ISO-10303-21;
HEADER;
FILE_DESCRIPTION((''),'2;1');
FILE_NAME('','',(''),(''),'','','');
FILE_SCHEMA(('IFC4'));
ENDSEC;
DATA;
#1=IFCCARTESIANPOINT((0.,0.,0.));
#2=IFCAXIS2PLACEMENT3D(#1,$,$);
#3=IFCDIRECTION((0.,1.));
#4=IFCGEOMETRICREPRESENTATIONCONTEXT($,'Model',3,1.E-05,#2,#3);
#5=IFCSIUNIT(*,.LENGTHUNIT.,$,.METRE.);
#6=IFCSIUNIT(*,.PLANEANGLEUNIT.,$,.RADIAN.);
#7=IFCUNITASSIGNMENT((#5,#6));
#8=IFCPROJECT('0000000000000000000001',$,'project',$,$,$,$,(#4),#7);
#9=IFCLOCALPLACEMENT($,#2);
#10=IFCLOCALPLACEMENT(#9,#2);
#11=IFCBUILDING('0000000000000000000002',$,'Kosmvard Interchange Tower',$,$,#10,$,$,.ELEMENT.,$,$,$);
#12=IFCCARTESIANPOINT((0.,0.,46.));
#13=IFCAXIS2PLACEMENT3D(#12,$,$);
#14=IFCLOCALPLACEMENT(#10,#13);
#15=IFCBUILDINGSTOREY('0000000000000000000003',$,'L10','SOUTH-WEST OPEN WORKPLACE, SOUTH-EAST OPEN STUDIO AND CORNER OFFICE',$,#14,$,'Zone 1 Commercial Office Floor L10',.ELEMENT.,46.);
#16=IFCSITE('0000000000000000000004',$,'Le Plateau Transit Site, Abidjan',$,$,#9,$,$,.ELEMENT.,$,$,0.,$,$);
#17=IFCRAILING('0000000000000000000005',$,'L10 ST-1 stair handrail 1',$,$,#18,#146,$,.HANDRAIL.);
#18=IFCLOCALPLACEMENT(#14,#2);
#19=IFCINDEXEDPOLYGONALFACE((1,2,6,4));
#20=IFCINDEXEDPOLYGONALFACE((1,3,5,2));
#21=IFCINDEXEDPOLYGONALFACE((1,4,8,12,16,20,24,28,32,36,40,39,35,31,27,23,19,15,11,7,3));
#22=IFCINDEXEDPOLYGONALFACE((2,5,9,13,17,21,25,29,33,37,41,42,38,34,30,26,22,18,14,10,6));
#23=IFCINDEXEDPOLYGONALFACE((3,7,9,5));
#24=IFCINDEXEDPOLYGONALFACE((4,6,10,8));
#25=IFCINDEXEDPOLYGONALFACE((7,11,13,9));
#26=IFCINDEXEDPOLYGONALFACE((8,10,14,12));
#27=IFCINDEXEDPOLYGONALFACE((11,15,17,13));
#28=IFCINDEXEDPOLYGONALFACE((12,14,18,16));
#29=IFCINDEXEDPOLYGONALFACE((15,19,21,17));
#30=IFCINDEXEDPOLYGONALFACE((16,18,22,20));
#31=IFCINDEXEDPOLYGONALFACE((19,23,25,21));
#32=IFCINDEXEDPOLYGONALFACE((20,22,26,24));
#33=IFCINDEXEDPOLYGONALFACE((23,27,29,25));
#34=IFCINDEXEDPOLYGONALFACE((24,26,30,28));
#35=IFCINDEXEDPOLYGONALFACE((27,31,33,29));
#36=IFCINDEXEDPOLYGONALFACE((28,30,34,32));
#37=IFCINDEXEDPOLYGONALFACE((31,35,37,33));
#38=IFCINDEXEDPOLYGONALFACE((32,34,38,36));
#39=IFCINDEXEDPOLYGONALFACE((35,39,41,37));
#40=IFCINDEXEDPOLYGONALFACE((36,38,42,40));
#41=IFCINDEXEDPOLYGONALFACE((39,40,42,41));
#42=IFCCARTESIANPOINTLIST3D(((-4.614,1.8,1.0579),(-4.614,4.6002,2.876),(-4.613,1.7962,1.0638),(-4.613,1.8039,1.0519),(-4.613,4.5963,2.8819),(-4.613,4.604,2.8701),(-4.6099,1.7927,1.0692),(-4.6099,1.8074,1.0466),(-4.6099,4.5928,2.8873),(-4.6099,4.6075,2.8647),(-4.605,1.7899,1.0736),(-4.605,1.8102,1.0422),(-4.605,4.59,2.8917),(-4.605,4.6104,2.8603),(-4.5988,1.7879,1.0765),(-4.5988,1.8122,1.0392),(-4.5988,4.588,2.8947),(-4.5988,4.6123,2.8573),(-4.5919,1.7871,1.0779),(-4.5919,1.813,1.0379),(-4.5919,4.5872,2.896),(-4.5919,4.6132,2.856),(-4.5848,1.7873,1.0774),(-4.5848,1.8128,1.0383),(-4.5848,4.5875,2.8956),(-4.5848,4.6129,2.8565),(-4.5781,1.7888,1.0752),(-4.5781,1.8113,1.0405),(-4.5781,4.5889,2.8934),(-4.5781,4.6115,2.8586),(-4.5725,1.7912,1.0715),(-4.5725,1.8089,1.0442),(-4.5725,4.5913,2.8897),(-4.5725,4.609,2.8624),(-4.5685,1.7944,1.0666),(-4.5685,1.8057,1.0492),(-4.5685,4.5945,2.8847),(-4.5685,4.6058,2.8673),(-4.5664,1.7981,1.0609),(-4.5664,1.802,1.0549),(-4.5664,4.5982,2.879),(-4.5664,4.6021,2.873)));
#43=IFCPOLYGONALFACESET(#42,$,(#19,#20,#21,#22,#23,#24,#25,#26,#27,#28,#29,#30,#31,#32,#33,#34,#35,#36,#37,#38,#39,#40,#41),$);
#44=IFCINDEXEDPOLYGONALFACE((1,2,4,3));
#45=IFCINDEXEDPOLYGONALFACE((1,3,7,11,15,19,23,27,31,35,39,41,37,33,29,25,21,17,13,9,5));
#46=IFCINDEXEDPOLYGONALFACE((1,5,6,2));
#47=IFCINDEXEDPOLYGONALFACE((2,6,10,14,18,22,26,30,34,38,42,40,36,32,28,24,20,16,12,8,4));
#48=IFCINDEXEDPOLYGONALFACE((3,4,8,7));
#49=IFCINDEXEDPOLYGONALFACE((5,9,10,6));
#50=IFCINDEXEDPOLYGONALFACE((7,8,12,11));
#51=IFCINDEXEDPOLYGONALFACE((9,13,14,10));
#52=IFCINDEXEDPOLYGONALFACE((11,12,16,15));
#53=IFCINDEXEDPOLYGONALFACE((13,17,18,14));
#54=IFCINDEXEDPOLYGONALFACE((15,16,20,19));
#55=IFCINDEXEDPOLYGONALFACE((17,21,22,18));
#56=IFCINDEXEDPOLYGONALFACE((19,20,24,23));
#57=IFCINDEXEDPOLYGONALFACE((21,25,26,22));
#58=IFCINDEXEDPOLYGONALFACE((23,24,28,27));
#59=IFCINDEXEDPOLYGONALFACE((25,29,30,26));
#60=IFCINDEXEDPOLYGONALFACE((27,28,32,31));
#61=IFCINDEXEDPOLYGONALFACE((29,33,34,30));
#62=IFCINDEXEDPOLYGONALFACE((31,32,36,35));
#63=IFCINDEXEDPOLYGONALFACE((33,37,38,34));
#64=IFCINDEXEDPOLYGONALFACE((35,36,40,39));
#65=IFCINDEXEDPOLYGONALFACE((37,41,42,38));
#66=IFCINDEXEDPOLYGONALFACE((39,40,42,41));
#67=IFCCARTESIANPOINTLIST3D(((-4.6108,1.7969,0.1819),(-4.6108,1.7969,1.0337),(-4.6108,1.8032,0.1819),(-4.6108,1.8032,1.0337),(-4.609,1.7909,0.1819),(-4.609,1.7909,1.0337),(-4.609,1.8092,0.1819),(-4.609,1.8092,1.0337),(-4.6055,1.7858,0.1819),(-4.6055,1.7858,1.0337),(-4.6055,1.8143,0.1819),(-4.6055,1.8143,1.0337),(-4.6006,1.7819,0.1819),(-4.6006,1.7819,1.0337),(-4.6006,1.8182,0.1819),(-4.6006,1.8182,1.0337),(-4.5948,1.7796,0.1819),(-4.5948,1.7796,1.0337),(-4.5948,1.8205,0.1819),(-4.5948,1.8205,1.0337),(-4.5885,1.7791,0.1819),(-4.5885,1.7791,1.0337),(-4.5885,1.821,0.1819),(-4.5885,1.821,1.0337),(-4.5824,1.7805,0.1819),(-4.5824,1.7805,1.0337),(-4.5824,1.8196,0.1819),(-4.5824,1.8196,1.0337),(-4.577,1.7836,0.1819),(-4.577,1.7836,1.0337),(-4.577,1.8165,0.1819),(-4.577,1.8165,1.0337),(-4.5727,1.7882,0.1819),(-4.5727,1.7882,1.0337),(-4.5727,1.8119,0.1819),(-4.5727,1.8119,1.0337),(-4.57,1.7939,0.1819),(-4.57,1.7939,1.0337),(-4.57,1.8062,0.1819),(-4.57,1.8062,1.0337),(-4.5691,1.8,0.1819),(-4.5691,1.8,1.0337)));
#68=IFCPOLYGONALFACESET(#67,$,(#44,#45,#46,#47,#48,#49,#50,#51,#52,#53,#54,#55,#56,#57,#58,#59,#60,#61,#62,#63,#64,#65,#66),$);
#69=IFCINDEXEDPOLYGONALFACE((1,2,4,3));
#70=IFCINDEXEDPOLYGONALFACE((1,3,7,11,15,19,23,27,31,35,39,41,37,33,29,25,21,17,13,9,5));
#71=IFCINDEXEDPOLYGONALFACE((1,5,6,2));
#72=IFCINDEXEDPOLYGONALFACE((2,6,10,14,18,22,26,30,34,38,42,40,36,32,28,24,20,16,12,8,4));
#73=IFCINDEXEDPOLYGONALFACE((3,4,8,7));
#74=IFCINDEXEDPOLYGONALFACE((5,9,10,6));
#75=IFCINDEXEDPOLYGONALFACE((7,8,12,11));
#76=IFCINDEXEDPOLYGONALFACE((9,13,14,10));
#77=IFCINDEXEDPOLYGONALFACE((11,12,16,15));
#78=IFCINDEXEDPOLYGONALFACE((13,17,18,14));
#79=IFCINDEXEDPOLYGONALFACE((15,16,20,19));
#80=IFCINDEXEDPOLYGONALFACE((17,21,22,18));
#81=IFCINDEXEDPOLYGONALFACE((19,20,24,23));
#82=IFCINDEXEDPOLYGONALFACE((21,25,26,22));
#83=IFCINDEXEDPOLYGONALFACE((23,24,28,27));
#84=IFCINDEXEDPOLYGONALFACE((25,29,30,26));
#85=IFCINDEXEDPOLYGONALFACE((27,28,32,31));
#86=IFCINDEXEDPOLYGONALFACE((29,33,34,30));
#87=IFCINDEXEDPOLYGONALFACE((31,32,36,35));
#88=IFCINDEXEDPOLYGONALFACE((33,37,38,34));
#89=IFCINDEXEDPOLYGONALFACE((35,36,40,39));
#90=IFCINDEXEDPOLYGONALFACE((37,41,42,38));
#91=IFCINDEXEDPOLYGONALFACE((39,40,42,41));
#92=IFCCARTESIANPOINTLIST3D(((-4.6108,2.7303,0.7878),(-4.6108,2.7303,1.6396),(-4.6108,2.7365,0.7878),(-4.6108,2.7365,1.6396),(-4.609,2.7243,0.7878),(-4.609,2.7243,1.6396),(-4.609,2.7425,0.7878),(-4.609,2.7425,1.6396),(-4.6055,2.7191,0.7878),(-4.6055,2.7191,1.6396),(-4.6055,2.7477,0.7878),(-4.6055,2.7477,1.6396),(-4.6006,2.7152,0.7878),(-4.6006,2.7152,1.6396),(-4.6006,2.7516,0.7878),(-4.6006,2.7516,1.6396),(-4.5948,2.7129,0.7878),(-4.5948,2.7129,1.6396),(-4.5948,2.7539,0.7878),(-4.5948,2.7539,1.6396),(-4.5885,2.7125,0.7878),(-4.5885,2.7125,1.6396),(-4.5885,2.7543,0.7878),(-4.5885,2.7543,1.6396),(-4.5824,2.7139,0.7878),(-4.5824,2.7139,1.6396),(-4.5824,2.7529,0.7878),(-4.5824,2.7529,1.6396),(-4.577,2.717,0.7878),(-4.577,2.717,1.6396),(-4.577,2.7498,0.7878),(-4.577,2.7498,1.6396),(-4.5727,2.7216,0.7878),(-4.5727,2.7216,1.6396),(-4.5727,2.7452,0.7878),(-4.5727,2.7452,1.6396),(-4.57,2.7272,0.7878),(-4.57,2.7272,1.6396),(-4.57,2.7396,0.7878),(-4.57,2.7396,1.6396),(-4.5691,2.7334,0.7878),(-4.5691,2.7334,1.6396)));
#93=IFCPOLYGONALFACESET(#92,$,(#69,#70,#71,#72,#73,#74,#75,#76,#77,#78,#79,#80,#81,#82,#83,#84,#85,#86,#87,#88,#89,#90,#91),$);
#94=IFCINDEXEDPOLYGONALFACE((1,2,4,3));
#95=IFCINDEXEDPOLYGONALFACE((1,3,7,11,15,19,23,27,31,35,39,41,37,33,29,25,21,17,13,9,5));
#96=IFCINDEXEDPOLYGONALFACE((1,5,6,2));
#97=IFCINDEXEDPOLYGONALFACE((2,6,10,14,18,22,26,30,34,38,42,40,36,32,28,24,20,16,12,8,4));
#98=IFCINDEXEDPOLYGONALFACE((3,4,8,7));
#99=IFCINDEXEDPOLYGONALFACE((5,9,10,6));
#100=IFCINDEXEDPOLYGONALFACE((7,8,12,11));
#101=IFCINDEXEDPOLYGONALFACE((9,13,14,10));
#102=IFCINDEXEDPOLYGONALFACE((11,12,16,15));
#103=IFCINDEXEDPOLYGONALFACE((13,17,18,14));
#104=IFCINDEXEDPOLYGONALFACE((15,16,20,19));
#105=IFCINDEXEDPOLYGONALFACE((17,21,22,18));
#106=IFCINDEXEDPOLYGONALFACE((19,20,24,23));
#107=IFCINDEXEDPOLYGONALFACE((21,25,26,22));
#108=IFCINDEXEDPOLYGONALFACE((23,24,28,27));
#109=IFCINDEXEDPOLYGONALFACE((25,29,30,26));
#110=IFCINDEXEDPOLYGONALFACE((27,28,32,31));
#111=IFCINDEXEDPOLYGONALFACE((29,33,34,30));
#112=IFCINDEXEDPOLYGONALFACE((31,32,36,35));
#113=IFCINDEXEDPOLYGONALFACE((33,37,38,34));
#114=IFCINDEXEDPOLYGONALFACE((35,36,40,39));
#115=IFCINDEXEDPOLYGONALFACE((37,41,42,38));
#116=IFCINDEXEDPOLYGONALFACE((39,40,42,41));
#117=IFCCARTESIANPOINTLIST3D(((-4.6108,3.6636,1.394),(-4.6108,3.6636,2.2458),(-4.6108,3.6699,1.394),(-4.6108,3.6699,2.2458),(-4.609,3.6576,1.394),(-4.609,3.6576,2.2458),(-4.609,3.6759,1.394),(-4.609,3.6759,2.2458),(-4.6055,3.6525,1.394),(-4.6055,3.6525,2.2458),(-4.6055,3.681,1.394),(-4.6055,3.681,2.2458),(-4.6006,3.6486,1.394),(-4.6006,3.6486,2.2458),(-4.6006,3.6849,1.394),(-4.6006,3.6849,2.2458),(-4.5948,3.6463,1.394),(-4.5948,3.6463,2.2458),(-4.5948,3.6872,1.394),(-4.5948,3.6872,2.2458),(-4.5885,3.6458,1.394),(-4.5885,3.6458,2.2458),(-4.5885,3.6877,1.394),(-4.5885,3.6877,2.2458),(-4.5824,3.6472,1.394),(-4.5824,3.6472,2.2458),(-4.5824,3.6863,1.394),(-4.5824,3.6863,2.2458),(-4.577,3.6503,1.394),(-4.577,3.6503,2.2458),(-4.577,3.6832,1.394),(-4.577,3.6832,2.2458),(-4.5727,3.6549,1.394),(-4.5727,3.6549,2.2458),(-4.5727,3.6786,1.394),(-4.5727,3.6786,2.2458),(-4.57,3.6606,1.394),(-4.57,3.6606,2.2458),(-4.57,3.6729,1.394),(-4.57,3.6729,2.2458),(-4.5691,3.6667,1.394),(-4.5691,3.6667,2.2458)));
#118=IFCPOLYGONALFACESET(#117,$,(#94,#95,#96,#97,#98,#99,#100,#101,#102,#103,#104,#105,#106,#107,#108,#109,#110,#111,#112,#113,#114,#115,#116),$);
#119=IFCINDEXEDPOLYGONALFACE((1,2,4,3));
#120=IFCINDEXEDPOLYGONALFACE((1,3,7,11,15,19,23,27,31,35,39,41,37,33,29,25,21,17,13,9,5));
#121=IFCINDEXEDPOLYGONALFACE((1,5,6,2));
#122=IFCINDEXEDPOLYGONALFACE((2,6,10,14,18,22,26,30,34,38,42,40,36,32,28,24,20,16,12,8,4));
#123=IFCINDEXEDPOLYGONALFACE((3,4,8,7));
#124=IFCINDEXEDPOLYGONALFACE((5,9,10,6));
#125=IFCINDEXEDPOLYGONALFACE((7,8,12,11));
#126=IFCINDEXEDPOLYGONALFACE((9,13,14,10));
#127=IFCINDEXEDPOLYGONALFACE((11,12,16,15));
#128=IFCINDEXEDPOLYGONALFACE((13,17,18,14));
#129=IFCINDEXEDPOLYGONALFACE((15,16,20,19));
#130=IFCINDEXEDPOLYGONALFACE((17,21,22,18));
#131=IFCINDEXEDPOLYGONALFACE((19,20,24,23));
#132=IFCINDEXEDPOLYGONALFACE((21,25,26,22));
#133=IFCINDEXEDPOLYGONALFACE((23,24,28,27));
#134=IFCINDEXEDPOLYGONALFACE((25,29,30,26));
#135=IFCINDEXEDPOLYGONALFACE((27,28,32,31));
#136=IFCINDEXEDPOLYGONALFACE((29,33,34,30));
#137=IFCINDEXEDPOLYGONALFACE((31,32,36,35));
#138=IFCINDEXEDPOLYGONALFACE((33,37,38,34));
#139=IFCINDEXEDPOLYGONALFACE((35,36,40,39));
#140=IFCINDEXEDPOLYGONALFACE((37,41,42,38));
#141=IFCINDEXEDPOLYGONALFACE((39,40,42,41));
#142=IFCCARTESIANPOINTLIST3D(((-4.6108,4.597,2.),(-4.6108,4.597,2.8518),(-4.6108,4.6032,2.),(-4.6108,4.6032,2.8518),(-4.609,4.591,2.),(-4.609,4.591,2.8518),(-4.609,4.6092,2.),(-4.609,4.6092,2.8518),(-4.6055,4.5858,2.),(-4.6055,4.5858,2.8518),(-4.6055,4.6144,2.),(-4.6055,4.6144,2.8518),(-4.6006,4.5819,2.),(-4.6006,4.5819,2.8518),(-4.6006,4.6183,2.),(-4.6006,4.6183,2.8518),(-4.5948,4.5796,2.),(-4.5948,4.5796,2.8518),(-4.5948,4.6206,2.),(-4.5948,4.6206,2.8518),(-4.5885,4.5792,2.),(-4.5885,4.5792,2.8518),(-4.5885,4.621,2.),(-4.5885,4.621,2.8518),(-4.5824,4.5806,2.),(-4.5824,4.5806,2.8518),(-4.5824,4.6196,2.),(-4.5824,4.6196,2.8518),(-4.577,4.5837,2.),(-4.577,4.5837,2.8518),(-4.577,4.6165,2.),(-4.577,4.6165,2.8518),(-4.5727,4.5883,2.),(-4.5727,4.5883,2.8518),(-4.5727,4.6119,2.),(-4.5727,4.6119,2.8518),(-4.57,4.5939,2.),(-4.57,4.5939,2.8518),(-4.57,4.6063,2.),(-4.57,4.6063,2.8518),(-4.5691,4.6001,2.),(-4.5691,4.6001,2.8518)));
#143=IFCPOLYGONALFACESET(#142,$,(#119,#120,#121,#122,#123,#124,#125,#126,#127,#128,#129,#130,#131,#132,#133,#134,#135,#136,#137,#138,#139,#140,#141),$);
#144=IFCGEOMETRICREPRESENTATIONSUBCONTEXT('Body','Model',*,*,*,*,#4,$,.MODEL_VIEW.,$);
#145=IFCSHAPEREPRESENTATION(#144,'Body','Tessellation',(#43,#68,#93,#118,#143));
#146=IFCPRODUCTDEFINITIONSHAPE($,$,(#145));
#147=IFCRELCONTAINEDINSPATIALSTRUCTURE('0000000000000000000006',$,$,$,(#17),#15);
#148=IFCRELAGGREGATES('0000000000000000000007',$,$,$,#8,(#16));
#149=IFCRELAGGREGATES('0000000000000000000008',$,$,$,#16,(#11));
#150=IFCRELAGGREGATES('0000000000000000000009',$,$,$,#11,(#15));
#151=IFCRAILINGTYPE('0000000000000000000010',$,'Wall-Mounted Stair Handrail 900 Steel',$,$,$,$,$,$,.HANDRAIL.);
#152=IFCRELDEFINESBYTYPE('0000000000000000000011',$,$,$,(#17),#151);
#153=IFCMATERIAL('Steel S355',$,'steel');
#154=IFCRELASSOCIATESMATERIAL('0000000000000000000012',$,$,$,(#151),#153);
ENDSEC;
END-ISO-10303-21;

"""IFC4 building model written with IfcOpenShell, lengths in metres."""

from ifc_helpers import new_model, si_unit, direction, frame, origin, origin_2d, place, context, subcontext, project, spatial, circle, extrude, source, transform, mapped, material, type_object, element, save


model = new_model("IFC4")

# Units and contexts
model_context = context("Model", 3, precision=1e-05, world=origin(), true_north=direction((0.0, 1.0)))
body_context = subcontext(model_context, "Body", "Model", "MODEL_VIEW")
ifc_project = project(units=[si_unit("LENGTHUNIT", "METRE"), si_unit("PLANEANGLEUNIT", "RADIAN")], contexts=[model_context])

# Site, building, storey
site_placement = place(None, origin())
site = spatial("IfcSite", under=ifc_project, at=site_placement, Name="Le Plateau Transit Site, Abidjan", CompositionType="ELEMENT", RefElevation=0.0)
building_placement = place(site_placement, origin())
building = spatial("IfcBuilding", under=site, at=building_placement, Name="Kosmvard Interchange Tower", CompositionType="ELEMENT")
storey_placement = place(building_placement, frame((0.0, 0.0, 46.0)))
storey = spatial("IfcBuildingStorey", under=building, at=storey_placement, Name="L10", Description="SOUTH-WEST OPEN WORKPLACE, SOUTH-EAST OPEN STUDIO AND CORNER OFFICE", LongName="Zone 1 Commercial Office Floor L10", CompositionType="ELEMENT", Elevation=46.0)

# Shared definitions
ifc_material_1 = material(Name="Steel S355", Category="steel")

# Railing
railing_type_1 = type_object("IfcRailingType", Name="Wall-Mounted Stair Handrail 900 Steel", PredefinedType="HANDRAIL", material=ifc_material_1)
shared_shape_1 = source(origin(), body_context, "Body", "SweptSolid", [
    extrude(circle(Radius=0.0239, at=origin_2d()), frame((0.0, 0.0, 0.876), z_axis=(0.0, 0.838706, 0.544585), x_axis=(-1.0, 0.0, 0.0)), (0.0, 0.0, 1.0), 3.3386),
    extrude(circle(Radius=0.021, at=origin_2d()), origin(), (0.0, 0.0, 1.0), 0.8518),
    extrude(circle(Radius=0.021, at=origin_2d()), frame((0.0, 0.9333, 0.606)), (0.0, 0.0, 1.0), 0.8518),
    extrude(circle(Radius=0.021, at=origin_2d()), frame((0.0, 1.8667, 1.2122)), (0.0, 0.0, 1.0), 0.8518),
    extrude(circle(Radius=0.021, at=origin_2d()), frame((0.0, 2.8, 1.8181)), (0.0, 0.0, 1.0), 0.8518),
])
railing_1_placement = place(storey_placement, frame((-4.5901, 1.8, 0.1819)))
element("IfcRailing", 1, at=railing_1_placement, inside=storey, type_object=railing_type_1, Name="L10 ST-1 stair handrail 1", PredefinedType="HANDRAIL", context=body_context, shape_type="MappedRepresentation", body=[
    mapped(shared_shape_1, transform((0.0, 0.0, 0.0), scale=1.0)),
])

save(model, "model.ifc")
